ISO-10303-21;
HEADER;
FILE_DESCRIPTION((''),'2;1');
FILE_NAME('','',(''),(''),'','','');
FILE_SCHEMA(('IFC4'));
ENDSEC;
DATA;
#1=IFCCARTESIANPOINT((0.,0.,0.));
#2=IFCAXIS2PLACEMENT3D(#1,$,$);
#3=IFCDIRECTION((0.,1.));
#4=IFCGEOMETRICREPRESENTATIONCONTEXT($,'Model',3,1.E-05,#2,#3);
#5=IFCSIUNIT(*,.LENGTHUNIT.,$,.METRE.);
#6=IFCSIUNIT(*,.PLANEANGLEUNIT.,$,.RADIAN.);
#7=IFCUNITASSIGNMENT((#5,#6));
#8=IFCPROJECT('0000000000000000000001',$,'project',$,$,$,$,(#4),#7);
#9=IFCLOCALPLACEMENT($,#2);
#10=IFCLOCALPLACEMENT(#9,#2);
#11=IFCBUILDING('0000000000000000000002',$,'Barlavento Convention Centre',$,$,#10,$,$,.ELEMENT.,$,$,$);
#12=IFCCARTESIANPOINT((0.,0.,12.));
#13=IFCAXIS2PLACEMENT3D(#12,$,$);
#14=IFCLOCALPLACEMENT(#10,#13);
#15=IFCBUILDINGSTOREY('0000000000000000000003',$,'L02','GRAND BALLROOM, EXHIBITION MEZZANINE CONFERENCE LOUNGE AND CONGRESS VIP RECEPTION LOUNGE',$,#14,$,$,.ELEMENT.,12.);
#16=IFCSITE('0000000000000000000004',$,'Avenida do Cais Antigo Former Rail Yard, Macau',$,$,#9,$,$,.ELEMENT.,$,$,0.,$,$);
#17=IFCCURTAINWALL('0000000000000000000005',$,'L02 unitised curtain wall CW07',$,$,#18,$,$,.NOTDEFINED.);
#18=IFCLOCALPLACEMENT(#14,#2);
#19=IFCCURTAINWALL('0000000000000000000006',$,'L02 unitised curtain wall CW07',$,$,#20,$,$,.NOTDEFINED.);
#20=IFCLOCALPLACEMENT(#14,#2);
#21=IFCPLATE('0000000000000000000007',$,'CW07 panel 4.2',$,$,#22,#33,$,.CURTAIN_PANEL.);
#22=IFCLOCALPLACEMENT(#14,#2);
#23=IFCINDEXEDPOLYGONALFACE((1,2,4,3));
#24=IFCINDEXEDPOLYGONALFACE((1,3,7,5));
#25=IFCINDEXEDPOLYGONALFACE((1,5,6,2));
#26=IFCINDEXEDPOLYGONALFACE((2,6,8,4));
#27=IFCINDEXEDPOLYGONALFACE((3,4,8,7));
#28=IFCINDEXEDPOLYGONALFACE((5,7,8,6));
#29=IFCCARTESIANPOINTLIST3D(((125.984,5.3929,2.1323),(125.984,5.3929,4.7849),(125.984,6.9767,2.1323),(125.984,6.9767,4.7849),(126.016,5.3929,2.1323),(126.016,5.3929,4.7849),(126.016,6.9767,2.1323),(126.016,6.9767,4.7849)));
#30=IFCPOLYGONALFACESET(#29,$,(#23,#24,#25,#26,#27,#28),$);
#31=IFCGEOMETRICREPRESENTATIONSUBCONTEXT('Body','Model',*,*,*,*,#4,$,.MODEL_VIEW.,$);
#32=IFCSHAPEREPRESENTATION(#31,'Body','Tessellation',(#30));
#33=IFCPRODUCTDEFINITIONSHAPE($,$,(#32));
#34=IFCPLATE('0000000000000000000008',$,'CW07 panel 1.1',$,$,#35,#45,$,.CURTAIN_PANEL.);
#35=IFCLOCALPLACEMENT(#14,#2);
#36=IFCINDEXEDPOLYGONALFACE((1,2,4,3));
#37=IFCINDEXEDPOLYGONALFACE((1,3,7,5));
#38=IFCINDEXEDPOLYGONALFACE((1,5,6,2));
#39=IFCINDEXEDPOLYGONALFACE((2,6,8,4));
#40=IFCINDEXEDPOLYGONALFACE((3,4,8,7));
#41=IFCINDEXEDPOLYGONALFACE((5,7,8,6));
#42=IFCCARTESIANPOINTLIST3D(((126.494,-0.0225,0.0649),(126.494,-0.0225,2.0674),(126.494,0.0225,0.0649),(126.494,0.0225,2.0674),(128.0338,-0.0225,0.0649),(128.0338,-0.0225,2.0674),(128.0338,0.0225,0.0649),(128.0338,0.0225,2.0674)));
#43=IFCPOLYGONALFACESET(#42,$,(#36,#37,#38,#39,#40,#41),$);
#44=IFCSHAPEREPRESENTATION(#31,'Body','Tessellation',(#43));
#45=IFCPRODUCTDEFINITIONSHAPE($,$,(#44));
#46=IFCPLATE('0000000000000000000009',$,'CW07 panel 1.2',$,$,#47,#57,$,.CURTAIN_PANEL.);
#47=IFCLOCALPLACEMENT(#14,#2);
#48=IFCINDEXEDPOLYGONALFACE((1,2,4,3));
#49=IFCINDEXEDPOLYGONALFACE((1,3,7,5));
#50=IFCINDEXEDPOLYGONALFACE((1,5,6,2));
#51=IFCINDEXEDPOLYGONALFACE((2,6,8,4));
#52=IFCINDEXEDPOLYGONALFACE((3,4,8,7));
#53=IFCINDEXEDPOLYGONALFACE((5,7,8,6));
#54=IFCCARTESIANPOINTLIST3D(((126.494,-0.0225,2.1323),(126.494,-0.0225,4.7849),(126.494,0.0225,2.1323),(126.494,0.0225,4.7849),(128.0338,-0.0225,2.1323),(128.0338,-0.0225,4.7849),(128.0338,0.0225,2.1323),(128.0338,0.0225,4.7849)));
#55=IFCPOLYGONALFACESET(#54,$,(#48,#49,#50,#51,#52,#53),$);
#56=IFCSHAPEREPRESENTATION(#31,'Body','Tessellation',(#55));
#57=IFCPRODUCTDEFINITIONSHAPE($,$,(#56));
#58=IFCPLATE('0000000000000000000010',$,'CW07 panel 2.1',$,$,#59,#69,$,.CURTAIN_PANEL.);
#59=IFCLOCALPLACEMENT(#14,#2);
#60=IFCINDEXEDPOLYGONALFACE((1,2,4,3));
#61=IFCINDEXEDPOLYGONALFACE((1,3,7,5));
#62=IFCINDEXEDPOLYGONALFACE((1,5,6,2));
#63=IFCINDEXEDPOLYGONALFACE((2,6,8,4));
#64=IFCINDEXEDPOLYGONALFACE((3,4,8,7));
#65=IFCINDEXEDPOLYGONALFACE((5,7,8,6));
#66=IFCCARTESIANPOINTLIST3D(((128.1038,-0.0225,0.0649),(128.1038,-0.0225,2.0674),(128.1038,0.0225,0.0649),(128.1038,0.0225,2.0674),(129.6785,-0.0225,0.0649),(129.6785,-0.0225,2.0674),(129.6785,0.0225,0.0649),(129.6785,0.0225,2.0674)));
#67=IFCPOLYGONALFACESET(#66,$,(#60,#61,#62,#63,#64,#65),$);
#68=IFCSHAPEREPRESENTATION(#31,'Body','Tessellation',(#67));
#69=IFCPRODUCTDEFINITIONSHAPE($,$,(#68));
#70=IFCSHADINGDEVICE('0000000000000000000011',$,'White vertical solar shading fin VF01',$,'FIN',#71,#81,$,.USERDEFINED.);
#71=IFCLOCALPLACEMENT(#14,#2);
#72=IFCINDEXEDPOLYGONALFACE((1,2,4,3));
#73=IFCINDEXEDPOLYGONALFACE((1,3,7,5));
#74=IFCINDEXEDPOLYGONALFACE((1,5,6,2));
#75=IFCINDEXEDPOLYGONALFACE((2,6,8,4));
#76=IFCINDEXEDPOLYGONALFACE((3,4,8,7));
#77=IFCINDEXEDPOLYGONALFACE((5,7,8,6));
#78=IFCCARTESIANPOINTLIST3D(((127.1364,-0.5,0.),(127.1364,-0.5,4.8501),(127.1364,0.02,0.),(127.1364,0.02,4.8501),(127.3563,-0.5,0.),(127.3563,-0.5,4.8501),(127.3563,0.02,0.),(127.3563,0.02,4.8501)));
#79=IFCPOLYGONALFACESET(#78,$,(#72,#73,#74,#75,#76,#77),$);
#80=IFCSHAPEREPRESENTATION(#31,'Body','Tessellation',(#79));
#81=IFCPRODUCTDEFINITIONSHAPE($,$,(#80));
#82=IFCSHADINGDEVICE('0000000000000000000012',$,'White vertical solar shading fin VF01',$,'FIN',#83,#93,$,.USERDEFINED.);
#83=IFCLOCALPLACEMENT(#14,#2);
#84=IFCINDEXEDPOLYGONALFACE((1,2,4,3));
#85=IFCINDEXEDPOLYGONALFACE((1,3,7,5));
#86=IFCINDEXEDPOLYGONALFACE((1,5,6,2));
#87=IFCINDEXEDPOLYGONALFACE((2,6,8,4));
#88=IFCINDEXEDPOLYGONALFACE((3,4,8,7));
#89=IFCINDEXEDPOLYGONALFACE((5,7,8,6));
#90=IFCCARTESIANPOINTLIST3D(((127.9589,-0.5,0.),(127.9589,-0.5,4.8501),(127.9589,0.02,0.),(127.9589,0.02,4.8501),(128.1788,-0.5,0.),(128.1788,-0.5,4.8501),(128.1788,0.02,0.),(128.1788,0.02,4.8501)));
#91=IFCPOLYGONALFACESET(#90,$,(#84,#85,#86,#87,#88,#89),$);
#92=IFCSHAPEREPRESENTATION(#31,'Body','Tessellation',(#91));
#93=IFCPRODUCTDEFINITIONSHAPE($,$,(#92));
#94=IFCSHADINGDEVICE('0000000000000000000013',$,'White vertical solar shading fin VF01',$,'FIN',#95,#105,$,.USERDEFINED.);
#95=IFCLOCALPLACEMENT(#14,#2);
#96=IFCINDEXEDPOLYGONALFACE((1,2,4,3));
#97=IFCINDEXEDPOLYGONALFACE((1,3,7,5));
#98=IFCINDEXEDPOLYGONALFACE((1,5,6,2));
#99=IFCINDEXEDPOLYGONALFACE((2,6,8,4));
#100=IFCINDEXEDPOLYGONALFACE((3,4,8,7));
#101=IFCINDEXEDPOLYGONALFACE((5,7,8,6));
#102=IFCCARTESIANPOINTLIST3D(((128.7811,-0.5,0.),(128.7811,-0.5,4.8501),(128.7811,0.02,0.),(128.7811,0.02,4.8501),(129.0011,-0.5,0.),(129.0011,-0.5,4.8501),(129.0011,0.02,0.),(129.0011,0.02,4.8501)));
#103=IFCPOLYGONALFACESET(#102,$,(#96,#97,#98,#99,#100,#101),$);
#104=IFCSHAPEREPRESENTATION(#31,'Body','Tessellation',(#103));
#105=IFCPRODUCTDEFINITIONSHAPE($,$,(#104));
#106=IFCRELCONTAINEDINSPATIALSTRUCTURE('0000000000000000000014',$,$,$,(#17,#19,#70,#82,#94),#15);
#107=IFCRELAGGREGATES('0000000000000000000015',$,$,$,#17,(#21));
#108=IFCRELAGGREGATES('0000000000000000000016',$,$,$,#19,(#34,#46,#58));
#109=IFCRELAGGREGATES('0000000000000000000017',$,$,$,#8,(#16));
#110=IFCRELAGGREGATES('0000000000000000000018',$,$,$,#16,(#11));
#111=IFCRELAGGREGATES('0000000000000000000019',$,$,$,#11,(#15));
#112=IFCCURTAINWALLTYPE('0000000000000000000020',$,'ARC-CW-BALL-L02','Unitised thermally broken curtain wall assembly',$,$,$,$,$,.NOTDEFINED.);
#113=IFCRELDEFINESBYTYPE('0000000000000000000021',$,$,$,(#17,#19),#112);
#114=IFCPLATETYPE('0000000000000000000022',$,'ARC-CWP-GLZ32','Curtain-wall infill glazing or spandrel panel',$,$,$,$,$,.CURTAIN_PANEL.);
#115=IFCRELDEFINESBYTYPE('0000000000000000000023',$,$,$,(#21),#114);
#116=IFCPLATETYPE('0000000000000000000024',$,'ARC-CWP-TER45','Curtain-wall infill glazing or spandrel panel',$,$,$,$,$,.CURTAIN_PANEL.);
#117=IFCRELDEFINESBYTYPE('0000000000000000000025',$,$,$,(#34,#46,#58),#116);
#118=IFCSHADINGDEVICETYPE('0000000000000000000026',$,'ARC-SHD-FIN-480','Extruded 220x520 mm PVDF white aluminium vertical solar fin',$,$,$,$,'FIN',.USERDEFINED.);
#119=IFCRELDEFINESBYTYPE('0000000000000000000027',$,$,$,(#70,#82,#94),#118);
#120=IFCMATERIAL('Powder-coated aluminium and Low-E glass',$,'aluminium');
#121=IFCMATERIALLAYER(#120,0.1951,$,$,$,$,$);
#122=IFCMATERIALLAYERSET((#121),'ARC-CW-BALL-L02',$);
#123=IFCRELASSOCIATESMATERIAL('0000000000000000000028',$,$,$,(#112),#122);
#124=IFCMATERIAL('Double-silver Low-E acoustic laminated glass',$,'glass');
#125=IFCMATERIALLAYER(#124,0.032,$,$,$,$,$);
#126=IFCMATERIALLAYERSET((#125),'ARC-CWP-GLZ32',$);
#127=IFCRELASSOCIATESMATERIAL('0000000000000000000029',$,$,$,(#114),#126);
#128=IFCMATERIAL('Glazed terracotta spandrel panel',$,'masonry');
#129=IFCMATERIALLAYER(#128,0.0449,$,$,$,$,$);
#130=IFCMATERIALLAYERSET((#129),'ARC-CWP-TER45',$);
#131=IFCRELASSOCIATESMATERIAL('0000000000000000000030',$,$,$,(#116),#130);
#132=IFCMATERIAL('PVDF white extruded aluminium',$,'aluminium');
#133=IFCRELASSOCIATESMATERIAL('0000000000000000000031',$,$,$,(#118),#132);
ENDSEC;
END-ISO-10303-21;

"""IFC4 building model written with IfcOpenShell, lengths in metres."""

from ifc_helpers import new_model, si_unit, direction, frame, origin, origin_2d, place, context, subcontext, project, spatial, rectangle, extrude, material, layer, layer_set, type_object, element, aggregate, save


model = new_model("IFC4")

# Units and contexts
model_context = context("Model", 3, precision=1e-05, world=origin(), true_north=direction((0.0, 1.0)))
body_context = subcontext(model_context, "Body", "Model", "MODEL_VIEW")
ifc_project = project(units=[si_unit("LENGTHUNIT", "METRE"), si_unit("PLANEANGLEUNIT", "RADIAN")], contexts=[model_context])

# Site, building, storey
site_placement = place(None, origin())
site = spatial("IfcSite", under=ifc_project, at=site_placement, Name="Avenida do Cais Antigo Former Rail Yard, Macau", CompositionType="ELEMENT", RefElevation=0.0)
building_placement = place(site_placement, origin())
building = spatial("IfcBuilding", under=site, at=building_placement, Name="Barlavento Convention Centre", CompositionType="ELEMENT")
storey_placement = place(building_placement, frame((0.0, 0.0, 12.0)))
storey = spatial("IfcBuildingStorey", under=building, at=storey_placement, Name="L02", Description="GRAND BALLROOM, EXHIBITION MEZZANINE CONFERENCE LOUNGE AND CONGRESS VIP RECEPTION LOUNGE", CompositionType="ELEMENT", Elevation=12.0)

# Curtain walls
ifc_material_1 = material(Name="Powder-coated aluminium and Low-E glass", Category="aluminium")
ifc_layer_1 = layer(ifc_material_1, 0.1951)
ifc_layer_set_1 = layer_set([ifc_layer_1], Name="ARC-CW-BALL-L02")
curtain_wall_type = type_object("IfcCurtainWallType", Name="ARC-CW-BALL-L02", Description="Unitised thermally broken curtain wall assembly", PredefinedType="NOTDEFINED", material=ifc_layer_set_1)
curtain_wall_1_placement = place(storey_placement, origin())
curtain_wall_1 = element("IfcCurtainWall", 1, at=curtain_wall_1_placement, inside=storey, type_object=curtain_wall_type, Name="L02 unitised curtain wall CW07", PredefinedType="NOTDEFINED")
curtain_wall_2_placement = place(storey_placement, origin())
curtain_wall_2 = element("IfcCurtainWall", 2, at=curtain_wall_2_placement, inside=storey, type_object=curtain_wall_type, Name="L02 unitised curtain wall CW07", PredefinedType="NOTDEFINED")

# Plates
ifc_material_2 = material(Name="Double-silver Low-E acoustic laminated glass", Category="glass")
ifc_layer_2 = layer(ifc_material_2, 0.032)
ifc_layer_set_2 = layer_set([ifc_layer_2], Name="ARC-CWP-GLZ32")
plate_type_1 = type_object("IfcPlateType", Name="ARC-CWP-GLZ32", Description="Curtain-wall infill glazing or spandrel panel", PredefinedType="CURTAIN_PANEL", material=ifc_layer_set_2)
plate_1_placement = place(storey_placement, frame((126.0, 6.1848, 2.1323), z_axis=(0.0, 0.0, 1.0), x_axis=(0.0, 1.0, 0.0)))
plate_1 = element("IfcPlate", 3, at=plate_1_placement, type_object=plate_type_1, Name="CW07 panel 4.2", PredefinedType="CURTAIN_PANEL", context=body_context, shape_type="SweptSolid", body=[
    extrude(rectangle(XDim=1.5837, YDim=0.032, at=origin_2d()), origin(), (0.0, 0.0, 1.0), 2.6526),
])
aggregate(curtain_wall_1, [plate_1])
ifc_material_3 = material(Name="Glazed terracotta spandrel panel", Category="masonry")
ifc_layer_3 = layer(ifc_material_3, 0.0449)
ifc_layer_set_3 = layer_set([ifc_layer_3], Name="ARC-CWP-TER45")
plate_type_2 = type_object("IfcPlateType", Name="ARC-CWP-TER45", Description="Curtain-wall infill glazing or spandrel panel", PredefinedType="CURTAIN_PANEL", material=ifc_layer_set_3)
plate_2_placement = place(storey_placement, frame((127.2639, 0.0, 0.0649), z_axis=(0.0, 0.0, 1.0), x_axis=(1.0, 0.0, 0.0)))
plate_2 = element("IfcPlate", 4, at=plate_2_placement, type_object=plate_type_2, Name="CW07 panel 1.1", PredefinedType="CURTAIN_PANEL", context=body_context, shape_type="SweptSolid", body=[
    extrude(rectangle(XDim=1.5398, YDim=0.0449, at=origin_2d()), origin(), (0.0, 0.0, 1.0), 2.0024),
])
plate_3_placement = place(storey_placement, frame((127.2639, 0.0, 2.1323), z_axis=(0.0, 0.0, 1.0), x_axis=(1.0, 0.0, 0.0)))
plate_3 = element("IfcPlate", 5, at=plate_3_placement, type_object=plate_type_2, Name="CW07 panel 1.2", PredefinedType="CURTAIN_PANEL", context=body_context, shape_type="SweptSolid", body=[
    extrude(rectangle(XDim=1.5398, YDim=0.0449, at=origin_2d()), origin(), (0.0, 0.0, 1.0), 2.6526),
])
plate_4_placement = place(storey_placement, frame((128.8911, 0.0, 0.0649), z_axis=(0.0, 0.0, 1.0), x_axis=(1.0, 0.0, 0.0)))
plate_4 = element("IfcPlate", 6, at=plate_4_placement, type_object=plate_type_2, Name="CW07 panel 2.1", PredefinedType="CURTAIN_PANEL", context=body_context, shape_type="SweptSolid", body=[
    extrude(rectangle(XDim=1.5747, YDim=0.0449, at=origin_2d()), origin(), (0.0, 0.0, 1.0), 2.0024),
])
aggregate(curtain_wall_2, [plate_2, plate_3, plate_4])

# Shading devices
ifc_material_4 = material(Name="PVDF white extruded aluminium", Category="aluminium")
shading_device_type = type_object("IfcShadingDeviceType", Name="ARC-SHD-FIN-480", Description="Extruded 220x520 mm PVDF white aluminium vertical solar fin", ElementType="FIN", PredefinedType="USERDEFINED", material=ifc_material_4)
for number, where, z_axis, x_axis, name in (
    (7, (127.2463, -0.24, 0.0), (0.0, 0.0, 1.0), (1.0, 0.0, 0.0), "White vertical solar shading fin VF01"),
    (8, (128.0688, -0.24, 0.0), (0.0, 0.0, 1.0), (1.0, 0.0, 0.0), "White vertical solar shading fin VF01"),
    (9, (128.8911, -0.24, 0.0), (0.0, 0.0, 1.0), (1.0, 0.0, 0.0), "White vertical solar shading fin VF01"),
):
    element("IfcShadingDevice", number, at=place(storey_placement, frame(where, z_axis=z_axis, x_axis=x_axis)), inside=storey, type_object=shading_device_type, Name=name, ObjectType="FIN", PredefinedType="USERDEFINED", context=body_context, shape_type="SweptSolid", body=[
        extrude(rectangle(XDim=0.22, YDim=0.52, at=origin_2d()), origin(), (0.0, 0.0, 1.0), 4.8501),
    ])

save(model, "model.ifc")
